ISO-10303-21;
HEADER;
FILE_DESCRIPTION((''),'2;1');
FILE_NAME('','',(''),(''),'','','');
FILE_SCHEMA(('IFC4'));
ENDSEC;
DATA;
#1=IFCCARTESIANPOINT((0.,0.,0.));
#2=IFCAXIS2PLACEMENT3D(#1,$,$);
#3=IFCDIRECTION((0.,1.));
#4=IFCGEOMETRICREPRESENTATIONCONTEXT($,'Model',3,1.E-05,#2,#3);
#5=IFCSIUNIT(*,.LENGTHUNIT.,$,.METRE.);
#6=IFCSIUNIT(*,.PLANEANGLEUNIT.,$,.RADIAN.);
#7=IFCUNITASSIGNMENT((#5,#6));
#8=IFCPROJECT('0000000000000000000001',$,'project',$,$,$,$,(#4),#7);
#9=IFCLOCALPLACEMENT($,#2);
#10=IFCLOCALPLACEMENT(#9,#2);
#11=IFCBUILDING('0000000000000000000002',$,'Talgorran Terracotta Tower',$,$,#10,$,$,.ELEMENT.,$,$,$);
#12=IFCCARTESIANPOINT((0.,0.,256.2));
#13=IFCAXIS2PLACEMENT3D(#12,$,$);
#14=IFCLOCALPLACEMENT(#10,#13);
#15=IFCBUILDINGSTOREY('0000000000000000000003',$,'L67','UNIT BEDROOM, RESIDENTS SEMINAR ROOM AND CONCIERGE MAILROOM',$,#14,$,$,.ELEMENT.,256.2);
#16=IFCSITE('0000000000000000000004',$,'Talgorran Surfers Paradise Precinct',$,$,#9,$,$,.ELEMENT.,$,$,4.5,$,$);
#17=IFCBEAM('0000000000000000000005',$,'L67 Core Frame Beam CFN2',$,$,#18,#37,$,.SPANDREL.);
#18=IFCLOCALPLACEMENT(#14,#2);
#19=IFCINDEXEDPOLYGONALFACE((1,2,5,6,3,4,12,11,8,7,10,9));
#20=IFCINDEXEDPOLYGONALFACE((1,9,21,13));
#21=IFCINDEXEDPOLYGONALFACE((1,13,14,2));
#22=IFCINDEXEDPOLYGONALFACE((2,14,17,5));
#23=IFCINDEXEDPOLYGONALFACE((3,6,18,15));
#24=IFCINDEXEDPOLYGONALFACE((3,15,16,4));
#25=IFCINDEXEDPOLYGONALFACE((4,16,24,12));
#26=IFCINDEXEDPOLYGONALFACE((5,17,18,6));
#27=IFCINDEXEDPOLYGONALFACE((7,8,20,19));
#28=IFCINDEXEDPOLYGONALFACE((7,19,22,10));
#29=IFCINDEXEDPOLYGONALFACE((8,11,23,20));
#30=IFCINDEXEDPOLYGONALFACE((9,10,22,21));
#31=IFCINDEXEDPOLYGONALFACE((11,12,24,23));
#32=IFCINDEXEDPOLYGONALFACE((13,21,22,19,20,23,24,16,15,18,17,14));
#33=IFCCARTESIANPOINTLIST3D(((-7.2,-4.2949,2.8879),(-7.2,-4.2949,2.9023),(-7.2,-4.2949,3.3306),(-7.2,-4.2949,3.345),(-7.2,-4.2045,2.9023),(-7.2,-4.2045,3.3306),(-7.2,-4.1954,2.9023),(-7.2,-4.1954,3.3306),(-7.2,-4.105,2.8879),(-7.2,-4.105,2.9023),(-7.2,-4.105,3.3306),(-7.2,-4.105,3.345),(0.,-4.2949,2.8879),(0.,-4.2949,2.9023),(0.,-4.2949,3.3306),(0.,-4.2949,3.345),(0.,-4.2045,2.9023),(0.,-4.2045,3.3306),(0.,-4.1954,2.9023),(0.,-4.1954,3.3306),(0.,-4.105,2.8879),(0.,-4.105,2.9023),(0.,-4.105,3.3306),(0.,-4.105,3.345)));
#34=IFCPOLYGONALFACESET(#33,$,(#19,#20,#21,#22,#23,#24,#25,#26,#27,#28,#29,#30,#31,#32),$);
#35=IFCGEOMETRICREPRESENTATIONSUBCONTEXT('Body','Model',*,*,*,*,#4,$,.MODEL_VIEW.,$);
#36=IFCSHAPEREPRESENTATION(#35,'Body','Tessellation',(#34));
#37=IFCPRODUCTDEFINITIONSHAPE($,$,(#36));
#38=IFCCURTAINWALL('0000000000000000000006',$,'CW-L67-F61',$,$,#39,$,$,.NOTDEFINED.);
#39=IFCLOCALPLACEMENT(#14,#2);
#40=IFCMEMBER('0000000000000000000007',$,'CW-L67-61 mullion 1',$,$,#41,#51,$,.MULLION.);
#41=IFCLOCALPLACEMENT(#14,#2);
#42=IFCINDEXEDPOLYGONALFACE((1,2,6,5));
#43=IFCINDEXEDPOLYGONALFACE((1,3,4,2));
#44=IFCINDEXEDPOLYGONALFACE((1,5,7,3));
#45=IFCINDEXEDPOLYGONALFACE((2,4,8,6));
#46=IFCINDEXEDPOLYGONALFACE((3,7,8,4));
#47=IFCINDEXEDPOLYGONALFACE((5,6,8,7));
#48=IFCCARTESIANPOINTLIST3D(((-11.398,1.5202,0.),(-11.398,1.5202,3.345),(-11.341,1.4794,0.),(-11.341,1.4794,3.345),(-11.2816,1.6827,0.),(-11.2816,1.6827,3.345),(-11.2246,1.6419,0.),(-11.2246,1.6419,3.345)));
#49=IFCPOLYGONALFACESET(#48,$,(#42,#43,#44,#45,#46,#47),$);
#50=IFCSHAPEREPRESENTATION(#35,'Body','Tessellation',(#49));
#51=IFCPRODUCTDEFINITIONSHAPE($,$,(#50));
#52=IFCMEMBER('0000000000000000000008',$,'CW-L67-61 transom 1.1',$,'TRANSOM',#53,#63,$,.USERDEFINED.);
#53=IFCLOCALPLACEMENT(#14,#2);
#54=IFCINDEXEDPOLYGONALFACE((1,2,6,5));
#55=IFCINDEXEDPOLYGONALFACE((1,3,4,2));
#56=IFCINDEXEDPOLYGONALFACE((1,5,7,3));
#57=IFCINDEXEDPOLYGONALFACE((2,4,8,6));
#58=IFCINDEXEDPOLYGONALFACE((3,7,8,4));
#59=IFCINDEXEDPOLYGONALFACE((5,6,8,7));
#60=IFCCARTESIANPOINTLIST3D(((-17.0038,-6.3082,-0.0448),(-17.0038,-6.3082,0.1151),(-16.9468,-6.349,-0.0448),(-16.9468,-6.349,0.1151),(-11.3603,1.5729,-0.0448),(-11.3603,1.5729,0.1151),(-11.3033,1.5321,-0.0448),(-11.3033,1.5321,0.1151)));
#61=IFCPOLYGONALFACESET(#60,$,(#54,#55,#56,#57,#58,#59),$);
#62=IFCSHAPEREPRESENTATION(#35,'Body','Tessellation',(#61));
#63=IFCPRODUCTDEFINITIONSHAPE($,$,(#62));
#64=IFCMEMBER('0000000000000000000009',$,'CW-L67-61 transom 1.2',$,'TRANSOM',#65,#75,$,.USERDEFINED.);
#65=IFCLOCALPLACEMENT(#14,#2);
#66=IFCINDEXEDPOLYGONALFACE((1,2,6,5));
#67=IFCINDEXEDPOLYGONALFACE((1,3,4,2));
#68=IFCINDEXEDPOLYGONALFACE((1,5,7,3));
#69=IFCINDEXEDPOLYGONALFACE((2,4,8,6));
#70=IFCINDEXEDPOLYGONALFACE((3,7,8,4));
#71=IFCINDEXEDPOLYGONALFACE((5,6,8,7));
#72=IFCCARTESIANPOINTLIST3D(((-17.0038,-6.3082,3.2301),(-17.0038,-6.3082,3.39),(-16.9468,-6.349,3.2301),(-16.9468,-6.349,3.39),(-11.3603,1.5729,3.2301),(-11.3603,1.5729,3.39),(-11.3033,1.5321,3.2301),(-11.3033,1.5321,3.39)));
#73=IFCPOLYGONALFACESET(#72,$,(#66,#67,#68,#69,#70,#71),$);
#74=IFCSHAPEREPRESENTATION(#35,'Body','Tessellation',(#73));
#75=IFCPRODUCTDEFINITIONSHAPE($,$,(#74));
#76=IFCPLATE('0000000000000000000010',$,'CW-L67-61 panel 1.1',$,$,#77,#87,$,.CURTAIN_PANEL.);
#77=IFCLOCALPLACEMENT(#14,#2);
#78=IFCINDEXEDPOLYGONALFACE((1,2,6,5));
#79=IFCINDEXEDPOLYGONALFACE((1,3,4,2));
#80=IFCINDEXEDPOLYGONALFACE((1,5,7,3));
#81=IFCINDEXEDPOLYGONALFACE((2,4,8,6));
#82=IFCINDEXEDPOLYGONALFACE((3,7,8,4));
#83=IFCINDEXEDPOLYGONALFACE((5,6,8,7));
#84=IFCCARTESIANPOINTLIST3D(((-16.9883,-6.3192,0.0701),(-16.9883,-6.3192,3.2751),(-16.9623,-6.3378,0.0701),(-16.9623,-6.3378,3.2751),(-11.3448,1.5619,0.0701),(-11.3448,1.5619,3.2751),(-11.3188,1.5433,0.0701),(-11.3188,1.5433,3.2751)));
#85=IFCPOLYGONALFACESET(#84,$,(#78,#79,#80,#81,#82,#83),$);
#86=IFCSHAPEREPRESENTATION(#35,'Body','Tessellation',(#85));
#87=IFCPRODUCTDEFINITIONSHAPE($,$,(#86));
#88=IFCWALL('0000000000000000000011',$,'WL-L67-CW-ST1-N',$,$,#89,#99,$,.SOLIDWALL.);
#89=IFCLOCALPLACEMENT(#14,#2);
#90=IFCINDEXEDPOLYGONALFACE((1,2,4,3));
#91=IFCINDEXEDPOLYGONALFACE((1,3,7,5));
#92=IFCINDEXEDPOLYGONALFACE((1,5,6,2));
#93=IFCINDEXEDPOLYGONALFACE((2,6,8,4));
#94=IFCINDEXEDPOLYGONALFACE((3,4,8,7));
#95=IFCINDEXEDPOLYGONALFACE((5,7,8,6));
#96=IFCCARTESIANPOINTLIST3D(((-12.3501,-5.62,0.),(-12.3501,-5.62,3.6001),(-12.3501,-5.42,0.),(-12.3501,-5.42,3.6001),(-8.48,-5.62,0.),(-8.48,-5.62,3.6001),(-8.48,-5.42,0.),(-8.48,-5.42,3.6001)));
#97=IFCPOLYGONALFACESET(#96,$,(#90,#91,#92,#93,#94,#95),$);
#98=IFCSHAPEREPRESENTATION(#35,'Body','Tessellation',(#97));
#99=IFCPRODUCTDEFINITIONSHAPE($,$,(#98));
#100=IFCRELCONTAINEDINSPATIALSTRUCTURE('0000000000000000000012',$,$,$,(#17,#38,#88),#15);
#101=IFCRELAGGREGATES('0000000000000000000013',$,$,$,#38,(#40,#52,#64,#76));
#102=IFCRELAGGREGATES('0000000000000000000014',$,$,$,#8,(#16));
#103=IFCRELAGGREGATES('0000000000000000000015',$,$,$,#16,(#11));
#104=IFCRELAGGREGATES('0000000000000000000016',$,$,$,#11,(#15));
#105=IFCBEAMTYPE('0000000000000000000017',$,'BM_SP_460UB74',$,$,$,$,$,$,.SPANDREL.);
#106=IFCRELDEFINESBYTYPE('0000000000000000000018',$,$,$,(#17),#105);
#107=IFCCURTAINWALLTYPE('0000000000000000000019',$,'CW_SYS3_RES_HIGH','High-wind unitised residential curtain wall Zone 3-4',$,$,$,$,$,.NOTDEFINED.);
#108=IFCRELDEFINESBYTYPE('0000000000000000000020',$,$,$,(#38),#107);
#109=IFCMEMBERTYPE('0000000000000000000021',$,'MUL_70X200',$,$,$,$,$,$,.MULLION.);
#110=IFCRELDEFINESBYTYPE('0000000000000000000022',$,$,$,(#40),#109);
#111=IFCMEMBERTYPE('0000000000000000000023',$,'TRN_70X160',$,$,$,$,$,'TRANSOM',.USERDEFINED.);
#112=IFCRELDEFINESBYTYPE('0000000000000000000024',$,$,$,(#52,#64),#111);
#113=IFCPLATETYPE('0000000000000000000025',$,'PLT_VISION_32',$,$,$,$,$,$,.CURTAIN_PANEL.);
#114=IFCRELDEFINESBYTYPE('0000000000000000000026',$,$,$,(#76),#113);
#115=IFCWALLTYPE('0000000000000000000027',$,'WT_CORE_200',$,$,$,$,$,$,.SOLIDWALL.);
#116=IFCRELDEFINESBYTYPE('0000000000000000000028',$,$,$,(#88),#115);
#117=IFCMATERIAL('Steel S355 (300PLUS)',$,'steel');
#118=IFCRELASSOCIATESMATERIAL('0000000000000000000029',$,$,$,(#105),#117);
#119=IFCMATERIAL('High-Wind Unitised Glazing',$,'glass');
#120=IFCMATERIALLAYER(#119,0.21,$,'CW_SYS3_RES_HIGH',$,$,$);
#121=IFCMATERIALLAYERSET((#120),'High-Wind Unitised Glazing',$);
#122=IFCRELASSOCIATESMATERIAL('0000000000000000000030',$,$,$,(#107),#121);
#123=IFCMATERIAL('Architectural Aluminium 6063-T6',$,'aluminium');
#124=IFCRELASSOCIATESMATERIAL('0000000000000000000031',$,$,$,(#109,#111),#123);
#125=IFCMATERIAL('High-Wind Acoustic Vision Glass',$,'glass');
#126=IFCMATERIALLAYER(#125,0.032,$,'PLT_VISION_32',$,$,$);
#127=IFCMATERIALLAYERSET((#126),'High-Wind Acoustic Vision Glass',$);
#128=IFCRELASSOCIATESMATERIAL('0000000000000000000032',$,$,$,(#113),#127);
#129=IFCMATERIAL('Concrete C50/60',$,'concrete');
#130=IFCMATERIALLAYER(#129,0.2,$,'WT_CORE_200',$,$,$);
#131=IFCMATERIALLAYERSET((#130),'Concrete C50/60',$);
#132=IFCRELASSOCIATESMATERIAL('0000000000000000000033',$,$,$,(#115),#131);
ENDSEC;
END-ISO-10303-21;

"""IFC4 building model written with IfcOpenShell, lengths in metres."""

from ifc_helpers import new_model, si_unit, direction, frame, frame_2d, origin, origin_2d, place, context, subcontext, project, spatial, rectangle, i_section, extrude, source, transform, mapped, material, layer, layer_set, material_profile, profile_set, type_object, type_shapes, element, aggregate, save


model = new_model("IFC4")

# Units and contexts
model_context = context("Model", 3, precision=1e-05, world=origin(), true_north=direction((0.0, 1.0)))
body_context = subcontext(model_context, "Body", "Model", "MODEL_VIEW")
ifc_project = project(units=[si_unit("LENGTHUNIT", "METRE"), si_unit("PLANEANGLEUNIT", "RADIAN")], contexts=[model_context])

# Site, building, storey
site_placement = place(None, origin())
site = spatial("IfcSite", under=ifc_project, at=site_placement, Name="Talgorran Surfers Paradise Precinct", CompositionType="ELEMENT", RefElevation=4.5)
building_placement = place(site_placement, origin())
building = spatial("IfcBuilding", under=site, at=building_placement, Name="Talgorran Terracotta Tower", CompositionType="ELEMENT")
storey_placement = place(building_placement, frame((0.0, 0.0, 256.2)))
storey = spatial("IfcBuildingStorey", under=building, at=storey_placement, Name="L67", Description="UNIT BEDROOM, RESIDENTS SEMINAR ROOM AND CONCIERGE MAILROOM", CompositionType="ELEMENT", Elevation=256.2)

# Shared definitions
ifc_material_1 = material(Name="Steel S355 (300PLUS)", Category="steel")

# Beam
ifc_material_profile_1 = material_profile(ifc_material_1, i_section(OverallWidth=0.1899, OverallDepth=0.457, WebThickness=0.009, FlangeThickness=0.0144, at=origin_2d()), Name="460UB74.6")
ifc_profile_set_1 = profile_set([ifc_material_profile_1], Name="Steel S355 (300PLUS)")
beam_type_1 = type_object("IfcBeamType", Name="BM_SP_460UB74", PredefinedType="SPANDREL", material=ifc_profile_set_1)
beam_1_placement = place(storey_placement, frame((-7.2, -4.2, 3.1165), z_axis=(1.0, 0.0, 0.0), x_axis=(0.0, 1.0, 0.0)))
element("IfcBeam", 1, at=beam_1_placement, inside=storey, type_object=beam_type_1, Name="L67 Core Frame Beam CFN2", PredefinedType="SPANDREL", context=body_context, shape_type="SweptSolid", body=[
    extrude(i_section(OverallWidth=0.1899, OverallDepth=0.457, WebThickness=0.009, FlangeThickness=0.0144, at=origin_2d()), origin(), (0.0, 0.0, 1.0), 7.2),
])

# Curtain wall, members, plate
ifc_material_2 = material(Name="High-Wind Unitised Glazing", Category="glass")
ifc_layer_1 = layer(ifc_material_2, 0.21, Name="CW_SYS3_RES_HIGH")
ifc_layer_set_1 = layer_set([ifc_layer_1], Name="High-Wind Unitised Glazing")
curtain_wall_type = type_object("IfcCurtainWallType", Name="CW_SYS3_RES_HIGH", Description="High-wind unitised residential curtain wall Zone 3-4", PredefinedType="NOTDEFINED", material=ifc_layer_set_1)
curtain_wall_placement = place(storey_placement, origin())
curtain_wall = element("IfcCurtainWall", 2, at=curtain_wall_placement, inside=storey, type_object=curtain_wall_type, Name="CW-L67-F61", PredefinedType="NOTDEFINED")
ifc_material_3 = material(Name="Architectural Aluminium 6063-T6", Category="aluminium")
ifc_material_profile_2 = material_profile(ifc_material_3, rectangle(XDim=0.0701, YDim=0.2, at=origin_2d()), Name="CWM70X200")
ifc_profile_set_2 = profile_set([ifc_material_profile_2], Name="Architectural Aluminium 6063-T6")
member_type_1 = type_object("IfcMemberType", Name="MUL_70X200", PredefinedType="MULLION", material=ifc_profile_set_2)
member_1_placement = place(storey_placement, frame((-11.3113, 1.5811, 0.0), z_axis=(0.0, 0.0, 1.0), x_axis=(0.813042, -0.582205, 0.0)))
member_1 = element("IfcMember", 3, at=member_1_placement, type_object=member_type_1, Name="CW-L67-61 mullion 1", PredefinedType="MULLION", context=body_context, shape_type="SweptSolid", body=[
    extrude(rectangle(XDim=0.0701, YDim=0.2, at=origin_2d()), origin(), (0.0, 0.0, 1.0), 3.345),
])
ifc_material_profile_3 = material_profile(ifc_material_3, rectangle(XDim=0.0701, YDim=0.1599, at=origin_2d()), Name="CWT70X160")
ifc_profile_set_3 = profile_set([ifc_material_profile_3], Name="Architectural Aluminium 6063-T6")
member_type_2 = type_object("IfcMemberType", Name="TRN_70X160", ElementType="TRANSOM", PredefinedType="USERDEFINED", material=ifc_profile_set_3)
member_2_placement = place(storey_placement, frame((-11.3318, 1.5525, 0.0352), z_axis=(-0.582207, -0.81304, 0.0), x_axis=(0.81304, -0.582207, 0.0)))
member_2 = element("IfcMember", 4, at=member_2_placement, type_object=member_type_2, Name="CW-L67-61 transom 1.1", ObjectType="TRANSOM", PredefinedType="USERDEFINED", context=body_context, shape_type="SweptSolid", body=[
    extrude(rectangle(XDim=0.0701, YDim=0.1599, at=origin_2d()), origin(), (0.0, 0.0, 1.0), 9.6934),
])
member_3_placement = place(storey_placement, frame((-11.3318, 1.5525, 3.3101), z_axis=(-0.582207, -0.81304, 0.0), x_axis=(0.81304, -0.582207, 0.0)))
member_3 = element("IfcMember", 5, at=member_3_placement, type_object=member_type_2, Name="CW-L67-61 transom 1.2", ObjectType="TRANSOM", PredefinedType="USERDEFINED", context=body_context, shape_type="SweptSolid", body=[
    extrude(rectangle(XDim=0.0701, YDim=0.1599, at=origin_2d()), origin(), (0.0, 0.0, 1.0), 9.6934),
])
ifc_material_4 = material(Name="High-Wind Acoustic Vision Glass", Category="glass")
ifc_layer_2 = layer(ifc_material_4, 0.032, Name="PLT_VISION_32")
ifc_layer_set_2 = layer_set([ifc_layer_2], Name="High-Wind Acoustic Vision Glass")
plate_type = type_object("IfcPlateType", Name="PLT_VISION_32", PredefinedType="CURTAIN_PANEL", material=ifc_layer_set_2)
shared_shape = source(origin(), body_context, "Body", "SweptSolid", [
    extrude(rectangle(XDim=9.6934, YDim=0.032, at=origin_2d()), origin(), (0.0, 0.0, 1.0), 3.2051),
])
type_shapes(plate_type, [shared_shape])
plate_placement = place(storey_placement, frame((-14.1536, -2.3879, 0.0701), z_axis=(0.0, 0.0, 1.0), x_axis=(-0.582205, -0.813042, 0.0)))
plate = element("IfcPlate", 6, at=plate_placement, type_object=plate_type, Name="CW-L67-61 panel 1.1", PredefinedType="CURTAIN_PANEL", context=body_context, shape_type="MappedRepresentation", body=[
    mapped(shared_shape, transform((0.0, 0.0, 0.0), scale=1.0)),
])
aggregate(curtain_wall, [member_1, member_2, member_3, plate])

# Wall
ifc_material_5 = material(Name="Concrete C50/60", Category="concrete")
ifc_layer_3 = layer(ifc_material_5, 0.2, Name="WT_CORE_200")
ifc_layer_set_3 = layer_set([ifc_layer_3], Name="Concrete C50/60")
wall_type_1 = type_object("IfcWallType", Name="WT_CORE_200", PredefinedType="SOLIDWALL", material=ifc_layer_set_3)
wall_1_placement = place(storey_placement, frame((-12.3501, -5.52, 0.0), z_axis=(0.0, 0.0, 1.0), x_axis=(1.0, 0.0, 0.0)))
element("IfcWall", 7, at=wall_1_placement, inside=storey, type_object=wall_type_1, Name="WL-L67-CW-ST1-N", PredefinedType="SOLIDWALL", context=body_context, shape_type="SweptSolid", body=[
    extrude(rectangle(XDim=3.8701, YDim=0.2, at=frame_2d((1.9351, 0.0))), origin(), (0.0, 0.0, 1.0), 3.6001),
])

save(model, "model.ifc")
